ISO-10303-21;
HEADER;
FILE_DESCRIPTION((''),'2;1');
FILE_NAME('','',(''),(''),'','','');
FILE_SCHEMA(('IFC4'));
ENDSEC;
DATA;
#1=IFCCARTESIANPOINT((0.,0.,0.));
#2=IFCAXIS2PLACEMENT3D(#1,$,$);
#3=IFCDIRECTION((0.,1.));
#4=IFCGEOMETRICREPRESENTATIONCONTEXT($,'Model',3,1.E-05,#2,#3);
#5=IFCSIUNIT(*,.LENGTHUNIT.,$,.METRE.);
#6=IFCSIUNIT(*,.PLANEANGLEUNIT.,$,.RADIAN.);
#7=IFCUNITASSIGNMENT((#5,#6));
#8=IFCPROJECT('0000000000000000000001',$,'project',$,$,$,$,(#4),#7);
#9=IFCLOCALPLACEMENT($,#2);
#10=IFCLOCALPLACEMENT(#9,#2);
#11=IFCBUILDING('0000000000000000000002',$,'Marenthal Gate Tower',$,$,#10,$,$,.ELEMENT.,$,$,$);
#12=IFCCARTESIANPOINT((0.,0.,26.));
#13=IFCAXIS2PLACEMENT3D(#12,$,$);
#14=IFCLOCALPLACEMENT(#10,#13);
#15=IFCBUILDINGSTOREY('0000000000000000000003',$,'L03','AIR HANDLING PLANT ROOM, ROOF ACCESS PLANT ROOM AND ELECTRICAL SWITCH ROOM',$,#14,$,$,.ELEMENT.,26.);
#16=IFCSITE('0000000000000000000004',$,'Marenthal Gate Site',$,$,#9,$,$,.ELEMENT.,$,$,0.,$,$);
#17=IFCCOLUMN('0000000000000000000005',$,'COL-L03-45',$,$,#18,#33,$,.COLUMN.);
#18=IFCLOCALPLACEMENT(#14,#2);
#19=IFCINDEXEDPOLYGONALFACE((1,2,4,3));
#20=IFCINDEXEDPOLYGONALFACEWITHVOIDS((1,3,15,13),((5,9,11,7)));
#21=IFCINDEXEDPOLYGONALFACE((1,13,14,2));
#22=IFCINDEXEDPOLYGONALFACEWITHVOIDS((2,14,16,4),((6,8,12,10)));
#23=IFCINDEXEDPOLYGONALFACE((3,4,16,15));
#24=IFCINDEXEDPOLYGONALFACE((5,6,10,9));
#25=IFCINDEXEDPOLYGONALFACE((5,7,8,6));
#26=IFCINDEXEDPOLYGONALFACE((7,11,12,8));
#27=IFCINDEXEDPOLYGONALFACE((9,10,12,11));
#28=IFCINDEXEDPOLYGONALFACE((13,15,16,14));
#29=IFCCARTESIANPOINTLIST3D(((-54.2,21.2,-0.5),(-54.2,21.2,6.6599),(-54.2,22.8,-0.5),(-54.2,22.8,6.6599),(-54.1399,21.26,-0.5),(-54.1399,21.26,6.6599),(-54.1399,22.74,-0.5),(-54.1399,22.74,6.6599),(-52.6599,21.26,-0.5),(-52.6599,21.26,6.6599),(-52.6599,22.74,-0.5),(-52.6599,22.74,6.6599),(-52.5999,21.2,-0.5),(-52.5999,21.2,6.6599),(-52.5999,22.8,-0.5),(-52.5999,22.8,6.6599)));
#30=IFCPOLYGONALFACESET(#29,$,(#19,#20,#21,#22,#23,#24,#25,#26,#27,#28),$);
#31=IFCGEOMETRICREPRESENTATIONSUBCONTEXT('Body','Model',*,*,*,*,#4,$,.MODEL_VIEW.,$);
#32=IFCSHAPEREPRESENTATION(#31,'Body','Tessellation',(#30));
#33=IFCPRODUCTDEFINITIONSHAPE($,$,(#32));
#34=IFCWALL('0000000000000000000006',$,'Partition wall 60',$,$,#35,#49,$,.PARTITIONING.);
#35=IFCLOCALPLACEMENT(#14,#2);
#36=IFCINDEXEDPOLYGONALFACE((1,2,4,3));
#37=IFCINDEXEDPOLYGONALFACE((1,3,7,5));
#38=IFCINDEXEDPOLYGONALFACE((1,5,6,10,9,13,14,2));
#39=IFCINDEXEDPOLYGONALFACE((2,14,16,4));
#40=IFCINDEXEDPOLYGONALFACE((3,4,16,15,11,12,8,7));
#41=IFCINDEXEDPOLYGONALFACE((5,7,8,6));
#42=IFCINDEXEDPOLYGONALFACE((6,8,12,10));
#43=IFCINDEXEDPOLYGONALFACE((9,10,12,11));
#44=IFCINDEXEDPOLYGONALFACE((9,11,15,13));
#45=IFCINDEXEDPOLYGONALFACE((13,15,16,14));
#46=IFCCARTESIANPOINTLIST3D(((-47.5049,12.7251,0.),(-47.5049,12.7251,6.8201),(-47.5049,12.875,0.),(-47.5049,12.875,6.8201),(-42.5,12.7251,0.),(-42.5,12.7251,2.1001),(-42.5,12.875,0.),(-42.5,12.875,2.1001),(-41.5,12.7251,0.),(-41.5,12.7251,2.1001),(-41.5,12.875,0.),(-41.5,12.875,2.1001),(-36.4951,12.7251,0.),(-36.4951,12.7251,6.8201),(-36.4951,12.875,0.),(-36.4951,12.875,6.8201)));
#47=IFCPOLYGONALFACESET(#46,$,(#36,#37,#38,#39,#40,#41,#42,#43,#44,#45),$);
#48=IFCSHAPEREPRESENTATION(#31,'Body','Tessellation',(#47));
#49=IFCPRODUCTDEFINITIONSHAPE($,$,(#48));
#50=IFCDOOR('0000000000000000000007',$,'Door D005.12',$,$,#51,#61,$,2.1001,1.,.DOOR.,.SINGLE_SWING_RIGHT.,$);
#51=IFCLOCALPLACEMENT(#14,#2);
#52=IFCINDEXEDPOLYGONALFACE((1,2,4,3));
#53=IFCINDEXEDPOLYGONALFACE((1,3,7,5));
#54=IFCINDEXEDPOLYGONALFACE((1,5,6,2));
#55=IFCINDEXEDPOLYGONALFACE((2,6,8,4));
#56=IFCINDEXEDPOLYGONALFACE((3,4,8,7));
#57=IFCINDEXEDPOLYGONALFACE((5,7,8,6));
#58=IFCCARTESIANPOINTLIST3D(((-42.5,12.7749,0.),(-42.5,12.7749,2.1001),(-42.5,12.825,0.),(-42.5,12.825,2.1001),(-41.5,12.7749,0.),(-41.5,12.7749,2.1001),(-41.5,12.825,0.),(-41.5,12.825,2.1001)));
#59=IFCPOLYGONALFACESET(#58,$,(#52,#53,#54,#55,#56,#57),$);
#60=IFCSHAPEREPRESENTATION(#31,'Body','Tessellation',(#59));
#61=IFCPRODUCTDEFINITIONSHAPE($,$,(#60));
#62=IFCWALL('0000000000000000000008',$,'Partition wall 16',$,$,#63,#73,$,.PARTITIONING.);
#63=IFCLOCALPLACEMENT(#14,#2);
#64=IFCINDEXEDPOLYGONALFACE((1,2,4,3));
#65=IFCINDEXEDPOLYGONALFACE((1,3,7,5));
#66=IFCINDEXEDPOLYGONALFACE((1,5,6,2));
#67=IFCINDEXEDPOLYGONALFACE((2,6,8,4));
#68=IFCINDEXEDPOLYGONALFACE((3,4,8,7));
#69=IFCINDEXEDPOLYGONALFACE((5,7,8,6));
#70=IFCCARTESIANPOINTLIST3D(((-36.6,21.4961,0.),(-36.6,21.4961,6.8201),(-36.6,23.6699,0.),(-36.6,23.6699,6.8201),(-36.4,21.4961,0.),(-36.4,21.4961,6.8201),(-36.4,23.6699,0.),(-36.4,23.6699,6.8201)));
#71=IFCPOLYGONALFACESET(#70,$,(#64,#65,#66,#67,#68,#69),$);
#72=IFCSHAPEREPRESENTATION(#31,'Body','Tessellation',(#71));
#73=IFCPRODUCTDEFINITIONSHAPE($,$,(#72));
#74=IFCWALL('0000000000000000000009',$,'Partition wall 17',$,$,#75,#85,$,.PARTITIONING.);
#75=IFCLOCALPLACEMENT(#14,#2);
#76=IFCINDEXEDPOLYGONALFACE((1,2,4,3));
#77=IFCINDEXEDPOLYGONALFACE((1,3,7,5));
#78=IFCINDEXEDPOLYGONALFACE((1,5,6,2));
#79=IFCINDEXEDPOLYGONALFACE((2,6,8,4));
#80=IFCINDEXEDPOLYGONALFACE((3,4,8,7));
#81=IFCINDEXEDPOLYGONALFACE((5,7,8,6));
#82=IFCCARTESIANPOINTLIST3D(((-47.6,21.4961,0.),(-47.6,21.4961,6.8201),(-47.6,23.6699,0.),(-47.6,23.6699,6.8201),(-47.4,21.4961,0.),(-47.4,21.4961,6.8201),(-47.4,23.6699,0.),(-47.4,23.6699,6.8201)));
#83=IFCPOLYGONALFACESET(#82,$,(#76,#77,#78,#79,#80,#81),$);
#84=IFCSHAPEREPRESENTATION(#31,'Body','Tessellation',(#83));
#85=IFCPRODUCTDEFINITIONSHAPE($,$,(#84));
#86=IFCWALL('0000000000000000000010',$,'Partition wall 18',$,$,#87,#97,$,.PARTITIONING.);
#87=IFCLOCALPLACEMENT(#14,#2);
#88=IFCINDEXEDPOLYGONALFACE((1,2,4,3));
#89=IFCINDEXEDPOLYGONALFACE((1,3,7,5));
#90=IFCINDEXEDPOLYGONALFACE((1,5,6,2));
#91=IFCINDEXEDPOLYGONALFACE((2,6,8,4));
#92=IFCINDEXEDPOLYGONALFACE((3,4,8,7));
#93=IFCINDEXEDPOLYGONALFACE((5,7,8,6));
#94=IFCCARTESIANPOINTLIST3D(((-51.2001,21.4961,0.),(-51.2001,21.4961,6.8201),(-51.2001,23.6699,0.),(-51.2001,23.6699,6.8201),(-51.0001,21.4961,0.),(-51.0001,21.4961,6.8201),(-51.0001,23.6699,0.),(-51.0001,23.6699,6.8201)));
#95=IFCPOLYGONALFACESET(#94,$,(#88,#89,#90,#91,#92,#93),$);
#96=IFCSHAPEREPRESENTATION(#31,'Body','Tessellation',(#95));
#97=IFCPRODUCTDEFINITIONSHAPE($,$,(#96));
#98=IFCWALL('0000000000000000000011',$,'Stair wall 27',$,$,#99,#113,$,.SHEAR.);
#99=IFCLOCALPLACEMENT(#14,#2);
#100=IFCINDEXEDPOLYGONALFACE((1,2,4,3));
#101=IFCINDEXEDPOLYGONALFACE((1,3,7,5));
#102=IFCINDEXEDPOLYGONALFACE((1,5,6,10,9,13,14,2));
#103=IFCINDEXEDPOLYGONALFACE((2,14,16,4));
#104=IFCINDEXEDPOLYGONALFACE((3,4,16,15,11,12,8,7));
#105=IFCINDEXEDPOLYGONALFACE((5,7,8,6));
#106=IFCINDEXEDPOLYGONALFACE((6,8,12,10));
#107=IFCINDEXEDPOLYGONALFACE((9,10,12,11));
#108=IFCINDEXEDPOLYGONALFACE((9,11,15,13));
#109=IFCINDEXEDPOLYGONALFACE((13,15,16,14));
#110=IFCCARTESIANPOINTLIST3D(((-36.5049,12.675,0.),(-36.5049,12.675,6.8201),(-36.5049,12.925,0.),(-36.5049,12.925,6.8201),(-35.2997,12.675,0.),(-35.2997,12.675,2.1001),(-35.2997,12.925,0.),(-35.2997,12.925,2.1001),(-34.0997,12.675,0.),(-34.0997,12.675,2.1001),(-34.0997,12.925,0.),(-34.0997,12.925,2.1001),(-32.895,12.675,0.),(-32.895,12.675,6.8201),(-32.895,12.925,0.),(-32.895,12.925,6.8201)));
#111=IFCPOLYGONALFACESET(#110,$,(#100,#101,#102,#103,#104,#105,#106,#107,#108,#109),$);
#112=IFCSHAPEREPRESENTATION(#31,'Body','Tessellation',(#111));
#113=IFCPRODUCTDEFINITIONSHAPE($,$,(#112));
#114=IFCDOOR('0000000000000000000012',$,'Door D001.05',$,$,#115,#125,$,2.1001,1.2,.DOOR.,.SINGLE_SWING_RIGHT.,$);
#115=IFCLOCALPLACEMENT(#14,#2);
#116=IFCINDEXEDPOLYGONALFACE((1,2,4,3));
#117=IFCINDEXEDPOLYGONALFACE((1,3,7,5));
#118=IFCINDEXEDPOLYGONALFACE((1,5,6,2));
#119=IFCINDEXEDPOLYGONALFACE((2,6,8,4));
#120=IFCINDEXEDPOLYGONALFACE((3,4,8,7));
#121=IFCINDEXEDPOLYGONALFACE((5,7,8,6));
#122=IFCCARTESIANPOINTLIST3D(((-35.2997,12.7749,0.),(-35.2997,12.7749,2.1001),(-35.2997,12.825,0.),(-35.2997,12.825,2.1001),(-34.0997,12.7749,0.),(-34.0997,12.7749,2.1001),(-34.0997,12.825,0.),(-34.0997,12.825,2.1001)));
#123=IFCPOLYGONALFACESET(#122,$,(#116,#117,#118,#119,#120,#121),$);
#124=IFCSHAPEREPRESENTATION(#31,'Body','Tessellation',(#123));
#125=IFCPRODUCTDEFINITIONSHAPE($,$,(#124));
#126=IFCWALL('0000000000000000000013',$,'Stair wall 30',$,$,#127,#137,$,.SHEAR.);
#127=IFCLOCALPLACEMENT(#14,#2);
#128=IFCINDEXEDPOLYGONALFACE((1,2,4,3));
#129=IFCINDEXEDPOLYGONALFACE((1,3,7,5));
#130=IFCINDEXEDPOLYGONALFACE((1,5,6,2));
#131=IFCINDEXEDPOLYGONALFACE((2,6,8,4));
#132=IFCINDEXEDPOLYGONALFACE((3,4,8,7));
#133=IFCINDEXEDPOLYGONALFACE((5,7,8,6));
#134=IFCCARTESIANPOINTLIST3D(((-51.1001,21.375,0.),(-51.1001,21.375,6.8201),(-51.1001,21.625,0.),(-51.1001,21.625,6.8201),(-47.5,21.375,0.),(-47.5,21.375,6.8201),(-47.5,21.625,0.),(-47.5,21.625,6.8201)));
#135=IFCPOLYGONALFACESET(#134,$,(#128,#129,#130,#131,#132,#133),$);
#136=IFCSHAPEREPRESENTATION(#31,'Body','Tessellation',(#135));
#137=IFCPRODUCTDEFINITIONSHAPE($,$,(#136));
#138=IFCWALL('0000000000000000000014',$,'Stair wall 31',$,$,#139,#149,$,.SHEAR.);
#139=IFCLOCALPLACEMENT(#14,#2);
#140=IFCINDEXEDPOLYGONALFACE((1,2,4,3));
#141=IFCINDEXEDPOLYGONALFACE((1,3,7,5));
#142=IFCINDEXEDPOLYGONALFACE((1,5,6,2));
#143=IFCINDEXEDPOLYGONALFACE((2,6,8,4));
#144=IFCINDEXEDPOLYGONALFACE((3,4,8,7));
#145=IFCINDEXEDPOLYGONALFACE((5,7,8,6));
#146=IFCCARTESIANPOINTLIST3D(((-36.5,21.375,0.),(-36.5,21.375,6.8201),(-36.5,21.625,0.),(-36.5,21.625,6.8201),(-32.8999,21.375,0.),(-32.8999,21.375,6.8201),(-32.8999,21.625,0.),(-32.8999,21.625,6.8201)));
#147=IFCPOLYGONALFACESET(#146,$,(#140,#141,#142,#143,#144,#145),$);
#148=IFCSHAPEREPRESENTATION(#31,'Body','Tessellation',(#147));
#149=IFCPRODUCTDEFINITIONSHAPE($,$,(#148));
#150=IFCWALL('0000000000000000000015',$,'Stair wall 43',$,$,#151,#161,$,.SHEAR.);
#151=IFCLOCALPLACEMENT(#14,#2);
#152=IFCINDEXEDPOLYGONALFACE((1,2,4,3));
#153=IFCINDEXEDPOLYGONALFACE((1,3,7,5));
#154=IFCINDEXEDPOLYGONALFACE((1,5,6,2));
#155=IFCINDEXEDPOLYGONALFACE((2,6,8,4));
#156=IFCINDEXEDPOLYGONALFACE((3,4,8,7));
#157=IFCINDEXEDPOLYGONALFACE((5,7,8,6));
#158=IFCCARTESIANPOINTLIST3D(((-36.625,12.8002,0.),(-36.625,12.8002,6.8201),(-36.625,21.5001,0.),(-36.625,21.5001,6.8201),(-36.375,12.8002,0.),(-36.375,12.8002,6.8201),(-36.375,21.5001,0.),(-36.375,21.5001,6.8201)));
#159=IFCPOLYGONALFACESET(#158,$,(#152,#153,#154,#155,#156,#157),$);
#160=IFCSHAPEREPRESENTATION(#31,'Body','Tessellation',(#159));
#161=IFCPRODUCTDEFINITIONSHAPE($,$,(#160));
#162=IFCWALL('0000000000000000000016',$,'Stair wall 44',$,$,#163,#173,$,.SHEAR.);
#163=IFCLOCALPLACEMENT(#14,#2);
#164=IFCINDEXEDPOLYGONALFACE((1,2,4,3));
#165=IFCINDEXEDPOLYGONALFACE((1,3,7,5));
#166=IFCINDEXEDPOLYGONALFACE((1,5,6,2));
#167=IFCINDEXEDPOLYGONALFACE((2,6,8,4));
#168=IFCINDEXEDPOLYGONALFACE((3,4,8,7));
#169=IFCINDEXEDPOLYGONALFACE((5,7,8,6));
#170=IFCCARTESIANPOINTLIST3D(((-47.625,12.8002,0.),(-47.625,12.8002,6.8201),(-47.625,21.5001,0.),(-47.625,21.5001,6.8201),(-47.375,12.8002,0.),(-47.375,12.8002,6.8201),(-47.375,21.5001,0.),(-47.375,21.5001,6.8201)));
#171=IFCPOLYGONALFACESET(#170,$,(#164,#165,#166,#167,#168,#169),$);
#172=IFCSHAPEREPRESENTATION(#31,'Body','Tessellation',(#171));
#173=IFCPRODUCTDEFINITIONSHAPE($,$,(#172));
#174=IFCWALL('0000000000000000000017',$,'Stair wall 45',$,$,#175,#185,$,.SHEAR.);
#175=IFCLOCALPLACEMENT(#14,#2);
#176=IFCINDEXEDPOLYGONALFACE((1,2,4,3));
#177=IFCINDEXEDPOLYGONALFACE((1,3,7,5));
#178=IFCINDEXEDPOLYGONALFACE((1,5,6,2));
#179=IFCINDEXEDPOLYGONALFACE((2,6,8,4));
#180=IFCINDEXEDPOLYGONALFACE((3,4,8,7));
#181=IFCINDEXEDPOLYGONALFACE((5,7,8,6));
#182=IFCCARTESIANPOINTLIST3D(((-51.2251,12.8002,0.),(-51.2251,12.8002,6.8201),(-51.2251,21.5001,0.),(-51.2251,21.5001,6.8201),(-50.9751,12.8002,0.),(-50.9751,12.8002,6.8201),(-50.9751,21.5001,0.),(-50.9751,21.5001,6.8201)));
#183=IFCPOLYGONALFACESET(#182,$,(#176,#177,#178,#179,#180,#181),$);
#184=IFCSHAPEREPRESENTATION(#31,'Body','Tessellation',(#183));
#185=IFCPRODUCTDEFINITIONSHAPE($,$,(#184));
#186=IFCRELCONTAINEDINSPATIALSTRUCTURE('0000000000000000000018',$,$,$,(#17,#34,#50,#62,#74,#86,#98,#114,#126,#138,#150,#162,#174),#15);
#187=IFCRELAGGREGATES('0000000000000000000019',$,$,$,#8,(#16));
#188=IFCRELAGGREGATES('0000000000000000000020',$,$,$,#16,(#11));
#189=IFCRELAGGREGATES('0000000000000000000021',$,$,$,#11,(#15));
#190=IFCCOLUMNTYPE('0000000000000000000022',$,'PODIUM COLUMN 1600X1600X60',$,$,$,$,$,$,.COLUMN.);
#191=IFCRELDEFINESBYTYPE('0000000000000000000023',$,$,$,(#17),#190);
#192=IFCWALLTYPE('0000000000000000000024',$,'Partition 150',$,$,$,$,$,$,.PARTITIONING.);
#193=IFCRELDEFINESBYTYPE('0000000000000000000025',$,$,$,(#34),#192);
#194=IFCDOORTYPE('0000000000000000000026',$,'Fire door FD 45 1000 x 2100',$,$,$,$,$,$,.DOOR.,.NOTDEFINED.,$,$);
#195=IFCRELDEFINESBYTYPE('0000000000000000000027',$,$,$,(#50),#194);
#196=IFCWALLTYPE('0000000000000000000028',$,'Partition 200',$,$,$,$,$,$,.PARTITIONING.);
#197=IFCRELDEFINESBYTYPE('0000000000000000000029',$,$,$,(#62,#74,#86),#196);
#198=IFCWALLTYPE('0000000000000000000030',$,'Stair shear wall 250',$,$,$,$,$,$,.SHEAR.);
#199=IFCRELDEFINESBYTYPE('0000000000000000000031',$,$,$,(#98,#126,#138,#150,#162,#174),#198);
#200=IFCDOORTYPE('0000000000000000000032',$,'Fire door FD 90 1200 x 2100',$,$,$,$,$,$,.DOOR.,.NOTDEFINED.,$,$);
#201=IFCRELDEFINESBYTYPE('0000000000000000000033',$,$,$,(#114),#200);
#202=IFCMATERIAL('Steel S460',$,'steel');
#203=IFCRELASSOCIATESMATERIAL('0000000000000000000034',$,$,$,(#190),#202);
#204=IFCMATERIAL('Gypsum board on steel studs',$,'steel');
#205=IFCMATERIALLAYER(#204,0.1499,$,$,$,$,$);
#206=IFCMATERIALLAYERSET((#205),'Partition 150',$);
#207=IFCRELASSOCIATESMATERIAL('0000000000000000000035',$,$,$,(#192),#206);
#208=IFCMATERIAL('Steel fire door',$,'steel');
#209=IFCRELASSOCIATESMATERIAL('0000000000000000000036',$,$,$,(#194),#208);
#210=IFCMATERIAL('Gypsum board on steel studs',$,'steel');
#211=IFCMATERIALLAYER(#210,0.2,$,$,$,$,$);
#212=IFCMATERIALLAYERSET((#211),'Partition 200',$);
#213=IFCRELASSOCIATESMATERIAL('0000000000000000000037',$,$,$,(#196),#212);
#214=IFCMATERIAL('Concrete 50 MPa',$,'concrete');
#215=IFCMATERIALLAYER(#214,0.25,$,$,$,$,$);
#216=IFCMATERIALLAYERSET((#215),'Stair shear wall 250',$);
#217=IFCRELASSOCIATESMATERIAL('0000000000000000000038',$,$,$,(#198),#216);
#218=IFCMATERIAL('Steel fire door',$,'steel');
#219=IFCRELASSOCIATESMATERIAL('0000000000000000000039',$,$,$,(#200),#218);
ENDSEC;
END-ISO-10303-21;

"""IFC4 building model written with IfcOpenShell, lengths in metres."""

from ifc_helpers import new_model, si_unit, direction, frame, frame_2d, origin, origin_2d, place, context, subcontext, project, spatial, rectangle, hollow_rectangle, extrude, material, layer, layer_set, material_profile, profile_set, type_object, element, fill, save


model = new_model("IFC4")

# Units and contexts
model_context = context("Model", 3, precision=1e-05, world=origin(), true_north=direction((0.0, 1.0)))
body_context = subcontext(model_context, "Body", "Model", "MODEL_VIEW")
ifc_project = project(units=[si_unit("LENGTHUNIT", "METRE"), si_unit("PLANEANGLEUNIT", "RADIAN")], contexts=[model_context])

# Site, building, storey
site_placement = place(None, origin())
site = spatial("IfcSite", under=ifc_project, at=site_placement, Name="Marenthal Gate Site", CompositionType="ELEMENT", RefElevation=0.0)
building_placement = place(site_placement, origin())
building = spatial("IfcBuilding", under=site, at=building_placement, Name="Marenthal Gate Tower", CompositionType="ELEMENT")
storey_placement = place(building_placement, frame((0.0, 0.0, 26.0)))
storey = spatial("IfcBuildingStorey", under=building, at=storey_placement, Name="L03", Description="AIR HANDLING PLANT ROOM, ROOF ACCESS PLANT ROOM AND ELECTRICAL SWITCH ROOM", CompositionType="ELEMENT", Elevation=26.0)

# Column
ifc_material_1 = material(Name="Steel S460", Category="steel")
ifc_material_profile_1 = material_profile(ifc_material_1, hollow_rectangle(XDim=1.6001, YDim=1.6001, WallThickness=0.0601, at=origin_2d()), Name="CFT BOX 1600X1600X60")
ifc_material_2 = material(Name="Concrete 70 MPa", Category="concrete")
ifc_material_profile_2 = material_profile(ifc_material_2, rectangle(XDim=1.48, YDim=1.48, at=origin_2d()), Name="CFT BOX 1600X1600X60 INFILL")
ifc_profile_set = profile_set([ifc_material_profile_1, ifc_material_profile_2], Name="Steel S460 shell, Concrete 70 MPa infill")
column_type = type_object("IfcColumnType", Name="PODIUM COLUMN 1600X1600X60", PredefinedType="COLUMN", material=ifc_profile_set)
column_placement = place(storey_placement, frame((-53.3999, 22.0, -0.5), z_axis=(0.0, 0.0, 1.0), x_axis=(1.0, 0.0, 0.0)))
element("IfcColumn", 1, at=column_placement, inside=storey, type_object=column_type, Name="COL-L03-45", PredefinedType="COLUMN", context=body_context, shape_type="SweptSolid", body=[
    extrude(hollow_rectangle(XDim=1.6001, YDim=1.6001, WallThickness=0.0601, at=origin_2d()), origin(), (0.0, 0.0, 1.0), 7.1599),
])

# Wall, opening, door
ifc_material_3 = material(Name="Gypsum board on steel studs", Category="steel")
ifc_layer_1 = layer(ifc_material_3, 0.1499)
ifc_layer_set_1 = layer_set([ifc_layer_1], Name="Partition 150")
wall_type_1 = type_object("IfcWallType", Name="Partition 150", PredefinedType="PARTITIONING", material=ifc_layer_set_1)
wall_1_placement = place(storey_placement, frame((-47.5049, 12.8, 0.0), z_axis=(0.0, 0.0, 1.0), x_axis=(1.0, 0.0, 0.0)))
wall_1 = element("IfcWall", 2, at=wall_1_placement, inside=storey, type_object=wall_type_1, Name="Partition wall 60", PredefinedType="PARTITIONING", context=body_context, shape_type="SweptSolid", body=[
    extrude(rectangle(XDim=11.0098, YDim=0.1499, at=frame_2d((5.5049, 0.0))), origin(), (0.0, 0.0, 1.0), 6.8201),
])
opening_1_placement = place(wall_1_placement, frame((5.0049, 0.0, 0.0)))
opening_1 = element("IfcOpeningElement", 3, at=opening_1_placement, cuts=wall_1, PredefinedType="OPENING", context=body_context, shape_type="SweptSolid", body=[
    extrude(rectangle(XDim=1.0, YDim=2.1001, at=frame_2d((0.5, 1.05))), frame((0.0, 0.085, 0.0), z_axis=(0.0, -1.0, 0.0), x_axis=(1.0, 0.0, 0.0)), (0.0, 0.0, 1.0), 0.1699),
])
ifc_material_4 = material(Name="Steel fire door", Category="steel")
door_type_1 = type_object("IfcDoorType", Name="Fire door FD 45 1000 x 2100", OperationType="NOTDEFINED", PredefinedType="DOOR", material=ifc_material_4)
door_1_placement = place(opening_1_placement, origin())
door_1 = element("IfcDoor", 4, at=door_1_placement, inside=storey, type_object=door_type_1, Name="Door D005.12", OperationType="SINGLE_SWING_RIGHT", OverallHeight=2.1001, OverallWidth=1.0, PredefinedType="DOOR", context=body_context, shape_type="SweptSolid", body=[
    extrude(rectangle(XDim=1.0, YDim=2.1001, at=frame_2d((0.5, 1.05))), frame((0.0, 0.0249, 0.0), z_axis=(0.0, -1.0, 0.0), x_axis=(1.0, 0.0, 0.0)), (0.0, 0.0, 1.0), 0.05),
])
fill(opening_1, door_1)

# Walls
ifc_material_5 = material(Name="Gypsum board on steel studs", Category="steel")
ifc_layer_2 = layer(ifc_material_5, 0.2)
ifc_layer_set_2 = layer_set([ifc_layer_2], Name="Partition 200")
wall_type_2 = type_object("IfcWallType", Name="Partition 200", PredefinedType="PARTITIONING", material=ifc_layer_set_2)
for number, where, z_axis, x_axis, name in (
    (5, (-36.5, 21.4961, 0.0), (0.0, 0.0, 1.0), (0.0, 1.0, 0.0), "Partition wall 16"),
    (6, (-47.5, 21.4961, 0.0), (0.0, 0.0, 1.0), (0.0, 1.0, 0.0), "Partition wall 17"),
    (7, (-51.1001, 21.4961, 0.0), (0.0, 0.0, 1.0), (0.0, 1.0, 0.0), "Partition wall 18"),
):
    element("IfcWall", number, at=place(storey_placement, frame(where, z_axis=z_axis, x_axis=x_axis)), inside=storey, type_object=wall_type_2, Name=name, PredefinedType="PARTITIONING", context=body_context, shape_type="SweptSolid", body=[
        extrude(rectangle(XDim=2.1738, YDim=0.2, at=frame_2d((1.0869, 0.0))), origin(), (0.0, 0.0, 1.0), 6.8201),
    ])

# Wall, opening, door
ifc_material_6 = material(Name="Concrete 50 MPa", Category="concrete")
ifc_layer_3 = layer(ifc_material_6, 0.25)
ifc_layer_set_3 = layer_set([ifc_layer_3], Name="Stair shear wall 250")
wall_type_3 = type_object("IfcWallType", Name="Stair shear wall 250", PredefinedType="SHEAR", material=ifc_layer_set_3)
wall_2_placement = place(storey_placement, frame((-36.5049, 12.8, 0.0), z_axis=(0.0, 0.0, 1.0), x_axis=(1.0, 0.0, 0.0)))
wall_2 = element("IfcWall", 8, at=wall_2_placement, inside=storey, type_object=wall_type_3, Name="Stair wall 27", PredefinedType="SHEAR", context=body_context, shape_type="SweptSolid", body=[
    extrude(rectangle(XDim=3.6099, YDim=0.25, at=frame_2d((1.8049, 0.0))), origin(), (0.0, 0.0, 1.0), 6.8201),
])
opening_2_placement = place(wall_2_placement, frame((1.2051, 0.0, 0.0)))
opening_2 = element("IfcOpeningElement", 9, at=opening_2_placement, cuts=wall_2, PredefinedType="OPENING", context=body_context, shape_type="SweptSolid", body=[
    extrude(rectangle(XDim=1.2, YDim=2.1001, at=frame_2d((0.6001, 1.05))), frame((0.0, 0.135, 0.0), z_axis=(0.0, -1.0, 0.0), x_axis=(1.0, 0.0, 0.0)), (0.0, 0.0, 1.0), 0.27),
])
ifc_material_7 = material(Name="Steel fire door", Category="steel")
door_type_2 = type_object("IfcDoorType", Name="Fire door FD 90 1200 x 2100", OperationType="NOTDEFINED", PredefinedType="DOOR", material=ifc_material_7)
door_2_placement = place(opening_2_placement, origin())
door_2 = element("IfcDoor", 10, at=door_2_placement, inside=storey, type_object=door_type_2, Name="Door D001.05", OperationType="SINGLE_SWING_RIGHT", OverallHeight=2.1001, OverallWidth=1.2, PredefinedType="DOOR", context=body_context, shape_type="SweptSolid", body=[
    extrude(rectangle(XDim=1.2, YDim=2.1001, at=frame_2d((0.6001, 1.05))), frame((0.0, 0.0249, 0.0), z_axis=(0.0, -1.0, 0.0), x_axis=(1.0, 0.0, 0.0)), (0.0, 0.0, 1.0), 0.05),
])
fill(opening_2, door_2)

# Walls
for number, where, z_axis, x_axis, name in (
    (11, (-51.1001, 21.5, 0.0), (0.0, 0.0, 1.0), (1.0, 0.0, 0.0), "Stair wall 30"),
    (12, (-36.5, 21.5, 0.0), (0.0, 0.0, 1.0), (1.0, 0.0, 0.0), "Stair wall 31"),
):
    element("IfcWall", number, at=place(storey_placement, frame(where, z_axis=z_axis, x_axis=x_axis)), inside=storey, type_object=wall_type_3, Name=name, PredefinedType="SHEAR", context=body_context, shape_type="SweptSolid", body=[
        extrude(rectangle(XDim=3.6001, YDim=0.25, at=frame_2d((1.8, 0.0))), origin(), (0.0, 0.0, 1.0), 6.8201),
    ])
for number, where, z_axis, x_axis, name in (
    (13, (-36.5, 12.8, 0.0), (0.0, 0.0, 1.0), (0.0, 1.0, 0.0), "Stair wall 43"),
    (14, (-47.5, 12.8, 0.0), (0.0, 0.0, 1.0), (0.0, 1.0, 0.0), "Stair wall 44"),
    (15, (-51.1001, 12.8, 0.0), (0.0, 0.0, 1.0), (0.0, 1.0, 0.0), "Stair wall 45"),
):
    element("IfcWall", number, at=place(storey_placement, frame(where, z_axis=z_axis, x_axis=x_axis)), inside=storey, type_object=wall_type_3, Name=name, PredefinedType="SHEAR", context=body_context, shape_type="SweptSolid", body=[
        extrude(rectangle(XDim=8.7, YDim=0.25, at=frame_2d((4.3501, 0.0))), origin(), (0.0, 0.0, 1.0), 6.8201),
    ])

save(model, "model.ifc")
